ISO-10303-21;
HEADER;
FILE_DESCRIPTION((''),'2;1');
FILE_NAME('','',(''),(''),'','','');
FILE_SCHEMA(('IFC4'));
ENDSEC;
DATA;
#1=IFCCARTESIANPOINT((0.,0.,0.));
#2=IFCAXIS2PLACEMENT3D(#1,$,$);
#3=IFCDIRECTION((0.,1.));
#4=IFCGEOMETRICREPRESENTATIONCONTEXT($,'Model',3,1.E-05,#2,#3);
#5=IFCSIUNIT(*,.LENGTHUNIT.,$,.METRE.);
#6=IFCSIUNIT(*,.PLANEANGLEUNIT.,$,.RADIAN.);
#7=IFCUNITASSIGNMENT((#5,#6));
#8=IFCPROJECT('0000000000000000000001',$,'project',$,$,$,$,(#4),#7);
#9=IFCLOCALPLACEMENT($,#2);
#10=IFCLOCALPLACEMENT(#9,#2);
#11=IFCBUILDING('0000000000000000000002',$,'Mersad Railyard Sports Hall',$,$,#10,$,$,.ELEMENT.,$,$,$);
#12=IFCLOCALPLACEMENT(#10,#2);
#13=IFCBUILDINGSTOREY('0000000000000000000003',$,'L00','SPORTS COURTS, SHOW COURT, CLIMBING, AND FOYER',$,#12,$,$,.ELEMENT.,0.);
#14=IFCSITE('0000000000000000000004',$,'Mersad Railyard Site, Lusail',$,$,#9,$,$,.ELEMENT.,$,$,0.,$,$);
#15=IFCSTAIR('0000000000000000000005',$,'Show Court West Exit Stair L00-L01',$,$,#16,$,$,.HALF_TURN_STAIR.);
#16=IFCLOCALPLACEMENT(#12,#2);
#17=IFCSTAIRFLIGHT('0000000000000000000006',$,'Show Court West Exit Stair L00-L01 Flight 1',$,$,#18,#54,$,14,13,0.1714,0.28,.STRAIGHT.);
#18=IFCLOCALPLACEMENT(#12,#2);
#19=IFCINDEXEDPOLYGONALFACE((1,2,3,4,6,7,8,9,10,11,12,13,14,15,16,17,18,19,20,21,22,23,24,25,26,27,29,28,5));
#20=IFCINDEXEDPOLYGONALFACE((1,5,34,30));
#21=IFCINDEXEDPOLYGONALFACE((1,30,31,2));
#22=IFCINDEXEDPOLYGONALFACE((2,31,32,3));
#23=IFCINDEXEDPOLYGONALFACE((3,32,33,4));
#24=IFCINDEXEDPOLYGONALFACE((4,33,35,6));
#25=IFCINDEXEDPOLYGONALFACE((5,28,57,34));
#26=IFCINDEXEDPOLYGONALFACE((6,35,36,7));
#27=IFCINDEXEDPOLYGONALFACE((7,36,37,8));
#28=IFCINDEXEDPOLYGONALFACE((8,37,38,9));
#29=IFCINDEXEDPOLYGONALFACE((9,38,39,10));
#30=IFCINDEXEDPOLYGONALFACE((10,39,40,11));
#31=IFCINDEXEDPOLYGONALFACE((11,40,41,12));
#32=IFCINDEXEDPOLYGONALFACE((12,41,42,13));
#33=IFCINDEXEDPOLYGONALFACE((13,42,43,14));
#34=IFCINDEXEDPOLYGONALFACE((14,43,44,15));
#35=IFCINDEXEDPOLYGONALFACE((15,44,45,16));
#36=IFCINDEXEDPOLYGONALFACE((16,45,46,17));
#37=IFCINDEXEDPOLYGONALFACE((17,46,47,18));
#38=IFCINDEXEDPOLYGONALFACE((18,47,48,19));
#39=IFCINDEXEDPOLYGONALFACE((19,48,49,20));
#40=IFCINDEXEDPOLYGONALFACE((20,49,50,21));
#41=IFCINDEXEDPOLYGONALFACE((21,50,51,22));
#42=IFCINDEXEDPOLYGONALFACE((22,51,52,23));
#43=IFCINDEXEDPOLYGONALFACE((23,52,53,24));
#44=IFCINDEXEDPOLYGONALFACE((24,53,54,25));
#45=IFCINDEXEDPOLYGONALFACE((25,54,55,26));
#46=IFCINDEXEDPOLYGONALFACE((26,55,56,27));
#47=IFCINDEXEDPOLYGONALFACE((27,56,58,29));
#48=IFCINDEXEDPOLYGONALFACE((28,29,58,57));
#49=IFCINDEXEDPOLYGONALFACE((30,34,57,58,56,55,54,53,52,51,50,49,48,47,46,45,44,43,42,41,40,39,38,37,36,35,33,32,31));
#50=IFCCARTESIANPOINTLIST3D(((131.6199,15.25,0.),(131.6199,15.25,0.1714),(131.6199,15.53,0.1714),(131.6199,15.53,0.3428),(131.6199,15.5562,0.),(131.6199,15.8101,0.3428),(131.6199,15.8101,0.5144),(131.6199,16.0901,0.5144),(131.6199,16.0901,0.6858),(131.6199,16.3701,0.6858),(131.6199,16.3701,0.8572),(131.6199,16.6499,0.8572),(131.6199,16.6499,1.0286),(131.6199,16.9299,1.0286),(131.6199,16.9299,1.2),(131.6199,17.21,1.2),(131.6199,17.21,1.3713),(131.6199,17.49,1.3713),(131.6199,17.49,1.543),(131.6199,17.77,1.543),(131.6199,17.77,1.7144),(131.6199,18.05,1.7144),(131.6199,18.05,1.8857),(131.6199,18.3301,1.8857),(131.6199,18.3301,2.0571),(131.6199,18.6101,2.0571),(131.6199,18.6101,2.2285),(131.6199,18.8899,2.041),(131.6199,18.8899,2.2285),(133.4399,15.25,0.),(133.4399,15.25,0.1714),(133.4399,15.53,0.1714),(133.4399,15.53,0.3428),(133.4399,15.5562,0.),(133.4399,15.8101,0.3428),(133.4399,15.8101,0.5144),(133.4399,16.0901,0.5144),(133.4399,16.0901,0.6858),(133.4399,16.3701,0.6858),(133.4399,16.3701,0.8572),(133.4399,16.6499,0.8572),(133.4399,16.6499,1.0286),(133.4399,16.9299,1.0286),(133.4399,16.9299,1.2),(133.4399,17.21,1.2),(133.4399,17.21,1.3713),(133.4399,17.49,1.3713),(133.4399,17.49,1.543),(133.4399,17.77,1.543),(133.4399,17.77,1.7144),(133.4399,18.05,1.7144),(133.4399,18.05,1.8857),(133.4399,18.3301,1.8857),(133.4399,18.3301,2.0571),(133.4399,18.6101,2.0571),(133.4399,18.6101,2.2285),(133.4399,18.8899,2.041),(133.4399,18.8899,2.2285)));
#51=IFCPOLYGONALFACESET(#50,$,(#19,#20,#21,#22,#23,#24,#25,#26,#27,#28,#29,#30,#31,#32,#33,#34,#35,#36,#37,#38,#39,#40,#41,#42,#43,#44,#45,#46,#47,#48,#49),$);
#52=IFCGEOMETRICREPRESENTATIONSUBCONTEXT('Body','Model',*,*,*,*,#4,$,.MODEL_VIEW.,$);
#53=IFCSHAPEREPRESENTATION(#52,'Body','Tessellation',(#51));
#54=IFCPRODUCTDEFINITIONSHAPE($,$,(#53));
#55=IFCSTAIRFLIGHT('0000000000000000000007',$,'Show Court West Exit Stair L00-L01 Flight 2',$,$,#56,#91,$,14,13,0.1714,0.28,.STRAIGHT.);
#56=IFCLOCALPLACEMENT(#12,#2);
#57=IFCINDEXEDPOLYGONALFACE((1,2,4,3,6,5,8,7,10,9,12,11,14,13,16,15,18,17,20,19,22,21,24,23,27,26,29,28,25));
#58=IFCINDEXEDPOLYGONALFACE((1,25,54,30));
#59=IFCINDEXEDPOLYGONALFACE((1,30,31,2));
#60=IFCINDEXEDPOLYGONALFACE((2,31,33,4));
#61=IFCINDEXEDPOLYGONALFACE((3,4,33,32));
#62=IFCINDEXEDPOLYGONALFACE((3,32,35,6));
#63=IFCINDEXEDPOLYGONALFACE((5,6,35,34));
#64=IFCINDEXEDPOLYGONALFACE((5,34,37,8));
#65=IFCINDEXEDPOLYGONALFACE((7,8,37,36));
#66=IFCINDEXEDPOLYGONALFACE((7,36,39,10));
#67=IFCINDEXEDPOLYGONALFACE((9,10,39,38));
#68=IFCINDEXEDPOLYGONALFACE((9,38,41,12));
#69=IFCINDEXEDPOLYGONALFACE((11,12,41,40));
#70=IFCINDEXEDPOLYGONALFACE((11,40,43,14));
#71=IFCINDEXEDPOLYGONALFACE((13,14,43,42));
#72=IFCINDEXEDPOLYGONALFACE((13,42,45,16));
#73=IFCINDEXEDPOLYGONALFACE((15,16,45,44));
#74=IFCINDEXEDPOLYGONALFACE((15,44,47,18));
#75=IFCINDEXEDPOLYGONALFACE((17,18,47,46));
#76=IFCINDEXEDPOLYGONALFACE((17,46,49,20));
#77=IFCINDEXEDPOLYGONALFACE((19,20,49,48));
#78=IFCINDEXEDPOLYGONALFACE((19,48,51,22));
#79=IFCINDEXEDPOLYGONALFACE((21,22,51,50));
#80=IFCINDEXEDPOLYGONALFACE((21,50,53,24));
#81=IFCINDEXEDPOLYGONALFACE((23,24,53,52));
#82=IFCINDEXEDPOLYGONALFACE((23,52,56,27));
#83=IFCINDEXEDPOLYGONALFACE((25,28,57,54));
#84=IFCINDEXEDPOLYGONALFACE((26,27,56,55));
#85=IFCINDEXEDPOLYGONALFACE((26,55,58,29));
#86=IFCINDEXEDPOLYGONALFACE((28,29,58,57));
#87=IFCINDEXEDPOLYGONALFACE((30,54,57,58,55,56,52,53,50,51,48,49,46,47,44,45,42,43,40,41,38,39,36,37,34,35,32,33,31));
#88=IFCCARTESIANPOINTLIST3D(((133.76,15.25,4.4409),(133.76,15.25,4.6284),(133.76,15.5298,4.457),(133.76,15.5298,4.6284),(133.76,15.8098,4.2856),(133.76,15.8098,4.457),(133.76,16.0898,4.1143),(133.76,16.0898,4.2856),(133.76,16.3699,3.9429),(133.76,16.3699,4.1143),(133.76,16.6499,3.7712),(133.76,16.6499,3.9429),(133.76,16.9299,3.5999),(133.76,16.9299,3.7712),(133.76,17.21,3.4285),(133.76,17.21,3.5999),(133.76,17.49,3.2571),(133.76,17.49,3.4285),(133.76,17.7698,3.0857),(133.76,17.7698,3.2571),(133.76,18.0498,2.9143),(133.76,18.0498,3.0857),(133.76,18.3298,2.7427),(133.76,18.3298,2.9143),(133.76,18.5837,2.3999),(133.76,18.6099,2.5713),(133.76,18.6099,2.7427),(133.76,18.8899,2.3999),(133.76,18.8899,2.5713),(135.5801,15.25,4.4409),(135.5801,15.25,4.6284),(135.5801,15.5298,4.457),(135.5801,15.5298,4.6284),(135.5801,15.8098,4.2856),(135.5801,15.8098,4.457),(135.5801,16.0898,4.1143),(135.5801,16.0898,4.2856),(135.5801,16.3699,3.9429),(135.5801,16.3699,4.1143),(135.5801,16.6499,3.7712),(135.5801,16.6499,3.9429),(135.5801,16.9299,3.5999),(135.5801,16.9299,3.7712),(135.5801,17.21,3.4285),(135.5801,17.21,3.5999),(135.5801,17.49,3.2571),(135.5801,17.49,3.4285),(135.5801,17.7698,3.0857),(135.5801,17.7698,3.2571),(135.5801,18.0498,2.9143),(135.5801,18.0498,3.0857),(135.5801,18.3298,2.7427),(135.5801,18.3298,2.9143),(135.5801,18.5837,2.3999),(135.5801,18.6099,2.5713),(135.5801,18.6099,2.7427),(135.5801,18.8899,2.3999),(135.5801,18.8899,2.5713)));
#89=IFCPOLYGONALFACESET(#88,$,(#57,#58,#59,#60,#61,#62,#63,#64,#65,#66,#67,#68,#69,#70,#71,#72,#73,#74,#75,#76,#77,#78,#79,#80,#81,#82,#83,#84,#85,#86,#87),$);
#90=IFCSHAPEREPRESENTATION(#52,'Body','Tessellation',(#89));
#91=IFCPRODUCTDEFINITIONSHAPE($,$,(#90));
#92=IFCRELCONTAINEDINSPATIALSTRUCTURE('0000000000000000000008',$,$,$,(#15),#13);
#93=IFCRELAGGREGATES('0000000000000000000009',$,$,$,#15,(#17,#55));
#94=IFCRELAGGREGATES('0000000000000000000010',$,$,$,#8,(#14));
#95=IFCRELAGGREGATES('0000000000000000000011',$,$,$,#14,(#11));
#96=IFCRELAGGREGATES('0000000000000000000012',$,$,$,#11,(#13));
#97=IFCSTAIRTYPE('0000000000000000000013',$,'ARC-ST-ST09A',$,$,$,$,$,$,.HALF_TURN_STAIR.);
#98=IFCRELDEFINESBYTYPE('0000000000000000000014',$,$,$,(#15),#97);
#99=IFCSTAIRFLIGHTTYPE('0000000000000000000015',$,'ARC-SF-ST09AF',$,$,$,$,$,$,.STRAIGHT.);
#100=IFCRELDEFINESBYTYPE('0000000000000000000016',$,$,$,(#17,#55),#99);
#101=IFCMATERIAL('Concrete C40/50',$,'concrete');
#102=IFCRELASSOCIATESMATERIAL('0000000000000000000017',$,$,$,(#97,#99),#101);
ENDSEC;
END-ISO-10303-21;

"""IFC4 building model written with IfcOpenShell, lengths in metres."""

from ifc_helpers import new_model, si_unit, direction, frame, origin, place, context, subcontext, project, spatial, polyline, outline, extrude, material, type_object, element, aggregate, save


model = new_model("IFC4")

# Units and contexts
model_context = context("Model", 3, precision=1e-05, world=origin(), true_north=direction((0.0, 1.0)))
body_context = subcontext(model_context, "Body", "Model", "MODEL_VIEW")
ifc_project = project(units=[si_unit("LENGTHUNIT", "METRE"), si_unit("PLANEANGLEUNIT", "RADIAN")], contexts=[model_context])

# Site, building, storey
site_placement = place(None, origin())
site = spatial("IfcSite", under=ifc_project, at=site_placement, Name="Mersad Railyard Site, Lusail", CompositionType="ELEMENT", RefElevation=0.0)
building_placement = place(site_placement, origin())
building = spatial("IfcBuilding", under=site, at=building_placement, Name="Mersad Railyard Sports Hall", CompositionType="ELEMENT")
storey_placement = place(building_placement, origin())
storey = spatial("IfcBuildingStorey", under=building, at=storey_placement, Name="L00", Description="SPORTS COURTS, SHOW COURT, CLIMBING, AND FOYER", CompositionType="ELEMENT", Elevation=0.0)

# Shared definitions
ifc_material_1 = material(Name="Concrete C40/50", Category="concrete")

# Stair, stair flights
stair_type = type_object("IfcStairType", Name="ARC-ST-ST09A", PredefinedType="HALF_TURN_STAIR", material=ifc_material_1)
stair_placement = place(storey_placement, origin())
stair = element("IfcStair", 1, at=stair_placement, inside=storey, type_object=stair_type, Name="Show Court West Exit Stair L00-L01", PredefinedType="HALF_TURN_STAIR")
stair_flight_type = type_object("IfcStairFlightType", Name="ARC-SF-ST09AF", PredefinedType="STRAIGHT", material=ifc_material_1)
stair_flight_1_placement = place(storey_placement, frame((132.53, 15.25, 0.0), z_axis=(0.0, 0.0, 1.0), x_axis=(0.0, 1.0, 0.0)))
stair_flight_1 = element("IfcStairFlight", 2, at=stair_flight_1_placement, type_object=stair_flight_type, Name="Show Court West Exit Stair L00-L01 Flight 1", NumberOfRisers=14, NumberOfTreads=13, PredefinedType="STRAIGHT", RiserHeight=0.1714, TreadLength=0.28, context=body_context, shape_type="SweptSolid", body=[
    extrude(outline(polyline([(0.0, 0.0), (0.0, 0.1714), (0.28, 0.1714), (0.28, 0.3428), (0.5601, 0.3428), (0.5601, 0.5144), (0.8401, 0.5144), (0.8401, 0.6858), (1.1201, 0.6858), (1.1201, 0.8572), (1.3999, 0.8572), (1.3999, 1.0286), (1.6799, 1.0286), (1.6799, 1.2), (1.96, 1.2), (1.96, 1.3713), (2.24, 1.3713), (2.24, 1.543), (2.52, 1.543), (2.52, 1.7144), (2.8, 1.7144), (2.8, 1.8857), (3.0801, 1.8857), (3.0801, 2.0571), (3.3601, 2.0571), (3.3601, 2.2285), (3.6399, 2.2285), (3.6399, 2.3999), (3.6399, 2.041), (0.3062, 0.0), (0.0, 0.0)])), frame((0.0, 0.9102, 0.0), z_axis=(0.0, -1.0, 0.0), x_axis=(1.0, 0.0, 0.0)), (0.0, 0.0, 1.0), 1.8201),
])
stair_flight_2_placement = place(storey_placement, frame((134.6699, 18.8899, 2.3999), z_axis=(0.0, 0.0, 1.0), x_axis=(0.0, -1.0, 0.0)))
stair_flight_2 = element("IfcStairFlight", 3, at=stair_flight_2_placement, type_object=stair_flight_type, Name="Show Court West Exit Stair L00-L01 Flight 2", NumberOfRisers=14, NumberOfTreads=13, PredefinedType="STRAIGHT", RiserHeight=0.1714, TreadLength=0.28, context=body_context, shape_type="SweptSolid", body=[
    extrude(outline(polyline([(0.0, 0.0), (0.0, 0.1714), (0.28, 0.1714), (0.28, 0.3428), (0.5601, 0.3428), (0.5601, 0.5144), (0.8401, 0.5144), (0.8401, 0.6858), (1.1201, 0.6858), (1.1201, 0.8572), (1.3999, 0.8572), (1.3999, 1.0286), (1.6799, 1.0286), (1.6799, 1.2), (1.96, 1.2), (1.96, 1.3713), (2.24, 1.3713), (2.24, 1.543), (2.52, 1.543), (2.52, 1.7144), (2.8, 1.7144), (2.8, 1.8857), (3.0801, 1.8857), (3.0801, 2.0571), (3.3601, 2.0571), (3.3601, 2.2285), (3.6399, 2.2285), (3.6399, 2.3999), (3.6399, 2.041), (0.3062, 0.0), (0.0, 0.0)])), frame((0.0, 0.9102, 0.0), z_axis=(0.0, -1.0, 0.0), x_axis=(1.0, 0.0, 0.0)), (0.0, 0.0, 1.0), 1.8201),
])
aggregate(stair, [stair_flight_1, stair_flight_2])

save(model, "model.ifc")
